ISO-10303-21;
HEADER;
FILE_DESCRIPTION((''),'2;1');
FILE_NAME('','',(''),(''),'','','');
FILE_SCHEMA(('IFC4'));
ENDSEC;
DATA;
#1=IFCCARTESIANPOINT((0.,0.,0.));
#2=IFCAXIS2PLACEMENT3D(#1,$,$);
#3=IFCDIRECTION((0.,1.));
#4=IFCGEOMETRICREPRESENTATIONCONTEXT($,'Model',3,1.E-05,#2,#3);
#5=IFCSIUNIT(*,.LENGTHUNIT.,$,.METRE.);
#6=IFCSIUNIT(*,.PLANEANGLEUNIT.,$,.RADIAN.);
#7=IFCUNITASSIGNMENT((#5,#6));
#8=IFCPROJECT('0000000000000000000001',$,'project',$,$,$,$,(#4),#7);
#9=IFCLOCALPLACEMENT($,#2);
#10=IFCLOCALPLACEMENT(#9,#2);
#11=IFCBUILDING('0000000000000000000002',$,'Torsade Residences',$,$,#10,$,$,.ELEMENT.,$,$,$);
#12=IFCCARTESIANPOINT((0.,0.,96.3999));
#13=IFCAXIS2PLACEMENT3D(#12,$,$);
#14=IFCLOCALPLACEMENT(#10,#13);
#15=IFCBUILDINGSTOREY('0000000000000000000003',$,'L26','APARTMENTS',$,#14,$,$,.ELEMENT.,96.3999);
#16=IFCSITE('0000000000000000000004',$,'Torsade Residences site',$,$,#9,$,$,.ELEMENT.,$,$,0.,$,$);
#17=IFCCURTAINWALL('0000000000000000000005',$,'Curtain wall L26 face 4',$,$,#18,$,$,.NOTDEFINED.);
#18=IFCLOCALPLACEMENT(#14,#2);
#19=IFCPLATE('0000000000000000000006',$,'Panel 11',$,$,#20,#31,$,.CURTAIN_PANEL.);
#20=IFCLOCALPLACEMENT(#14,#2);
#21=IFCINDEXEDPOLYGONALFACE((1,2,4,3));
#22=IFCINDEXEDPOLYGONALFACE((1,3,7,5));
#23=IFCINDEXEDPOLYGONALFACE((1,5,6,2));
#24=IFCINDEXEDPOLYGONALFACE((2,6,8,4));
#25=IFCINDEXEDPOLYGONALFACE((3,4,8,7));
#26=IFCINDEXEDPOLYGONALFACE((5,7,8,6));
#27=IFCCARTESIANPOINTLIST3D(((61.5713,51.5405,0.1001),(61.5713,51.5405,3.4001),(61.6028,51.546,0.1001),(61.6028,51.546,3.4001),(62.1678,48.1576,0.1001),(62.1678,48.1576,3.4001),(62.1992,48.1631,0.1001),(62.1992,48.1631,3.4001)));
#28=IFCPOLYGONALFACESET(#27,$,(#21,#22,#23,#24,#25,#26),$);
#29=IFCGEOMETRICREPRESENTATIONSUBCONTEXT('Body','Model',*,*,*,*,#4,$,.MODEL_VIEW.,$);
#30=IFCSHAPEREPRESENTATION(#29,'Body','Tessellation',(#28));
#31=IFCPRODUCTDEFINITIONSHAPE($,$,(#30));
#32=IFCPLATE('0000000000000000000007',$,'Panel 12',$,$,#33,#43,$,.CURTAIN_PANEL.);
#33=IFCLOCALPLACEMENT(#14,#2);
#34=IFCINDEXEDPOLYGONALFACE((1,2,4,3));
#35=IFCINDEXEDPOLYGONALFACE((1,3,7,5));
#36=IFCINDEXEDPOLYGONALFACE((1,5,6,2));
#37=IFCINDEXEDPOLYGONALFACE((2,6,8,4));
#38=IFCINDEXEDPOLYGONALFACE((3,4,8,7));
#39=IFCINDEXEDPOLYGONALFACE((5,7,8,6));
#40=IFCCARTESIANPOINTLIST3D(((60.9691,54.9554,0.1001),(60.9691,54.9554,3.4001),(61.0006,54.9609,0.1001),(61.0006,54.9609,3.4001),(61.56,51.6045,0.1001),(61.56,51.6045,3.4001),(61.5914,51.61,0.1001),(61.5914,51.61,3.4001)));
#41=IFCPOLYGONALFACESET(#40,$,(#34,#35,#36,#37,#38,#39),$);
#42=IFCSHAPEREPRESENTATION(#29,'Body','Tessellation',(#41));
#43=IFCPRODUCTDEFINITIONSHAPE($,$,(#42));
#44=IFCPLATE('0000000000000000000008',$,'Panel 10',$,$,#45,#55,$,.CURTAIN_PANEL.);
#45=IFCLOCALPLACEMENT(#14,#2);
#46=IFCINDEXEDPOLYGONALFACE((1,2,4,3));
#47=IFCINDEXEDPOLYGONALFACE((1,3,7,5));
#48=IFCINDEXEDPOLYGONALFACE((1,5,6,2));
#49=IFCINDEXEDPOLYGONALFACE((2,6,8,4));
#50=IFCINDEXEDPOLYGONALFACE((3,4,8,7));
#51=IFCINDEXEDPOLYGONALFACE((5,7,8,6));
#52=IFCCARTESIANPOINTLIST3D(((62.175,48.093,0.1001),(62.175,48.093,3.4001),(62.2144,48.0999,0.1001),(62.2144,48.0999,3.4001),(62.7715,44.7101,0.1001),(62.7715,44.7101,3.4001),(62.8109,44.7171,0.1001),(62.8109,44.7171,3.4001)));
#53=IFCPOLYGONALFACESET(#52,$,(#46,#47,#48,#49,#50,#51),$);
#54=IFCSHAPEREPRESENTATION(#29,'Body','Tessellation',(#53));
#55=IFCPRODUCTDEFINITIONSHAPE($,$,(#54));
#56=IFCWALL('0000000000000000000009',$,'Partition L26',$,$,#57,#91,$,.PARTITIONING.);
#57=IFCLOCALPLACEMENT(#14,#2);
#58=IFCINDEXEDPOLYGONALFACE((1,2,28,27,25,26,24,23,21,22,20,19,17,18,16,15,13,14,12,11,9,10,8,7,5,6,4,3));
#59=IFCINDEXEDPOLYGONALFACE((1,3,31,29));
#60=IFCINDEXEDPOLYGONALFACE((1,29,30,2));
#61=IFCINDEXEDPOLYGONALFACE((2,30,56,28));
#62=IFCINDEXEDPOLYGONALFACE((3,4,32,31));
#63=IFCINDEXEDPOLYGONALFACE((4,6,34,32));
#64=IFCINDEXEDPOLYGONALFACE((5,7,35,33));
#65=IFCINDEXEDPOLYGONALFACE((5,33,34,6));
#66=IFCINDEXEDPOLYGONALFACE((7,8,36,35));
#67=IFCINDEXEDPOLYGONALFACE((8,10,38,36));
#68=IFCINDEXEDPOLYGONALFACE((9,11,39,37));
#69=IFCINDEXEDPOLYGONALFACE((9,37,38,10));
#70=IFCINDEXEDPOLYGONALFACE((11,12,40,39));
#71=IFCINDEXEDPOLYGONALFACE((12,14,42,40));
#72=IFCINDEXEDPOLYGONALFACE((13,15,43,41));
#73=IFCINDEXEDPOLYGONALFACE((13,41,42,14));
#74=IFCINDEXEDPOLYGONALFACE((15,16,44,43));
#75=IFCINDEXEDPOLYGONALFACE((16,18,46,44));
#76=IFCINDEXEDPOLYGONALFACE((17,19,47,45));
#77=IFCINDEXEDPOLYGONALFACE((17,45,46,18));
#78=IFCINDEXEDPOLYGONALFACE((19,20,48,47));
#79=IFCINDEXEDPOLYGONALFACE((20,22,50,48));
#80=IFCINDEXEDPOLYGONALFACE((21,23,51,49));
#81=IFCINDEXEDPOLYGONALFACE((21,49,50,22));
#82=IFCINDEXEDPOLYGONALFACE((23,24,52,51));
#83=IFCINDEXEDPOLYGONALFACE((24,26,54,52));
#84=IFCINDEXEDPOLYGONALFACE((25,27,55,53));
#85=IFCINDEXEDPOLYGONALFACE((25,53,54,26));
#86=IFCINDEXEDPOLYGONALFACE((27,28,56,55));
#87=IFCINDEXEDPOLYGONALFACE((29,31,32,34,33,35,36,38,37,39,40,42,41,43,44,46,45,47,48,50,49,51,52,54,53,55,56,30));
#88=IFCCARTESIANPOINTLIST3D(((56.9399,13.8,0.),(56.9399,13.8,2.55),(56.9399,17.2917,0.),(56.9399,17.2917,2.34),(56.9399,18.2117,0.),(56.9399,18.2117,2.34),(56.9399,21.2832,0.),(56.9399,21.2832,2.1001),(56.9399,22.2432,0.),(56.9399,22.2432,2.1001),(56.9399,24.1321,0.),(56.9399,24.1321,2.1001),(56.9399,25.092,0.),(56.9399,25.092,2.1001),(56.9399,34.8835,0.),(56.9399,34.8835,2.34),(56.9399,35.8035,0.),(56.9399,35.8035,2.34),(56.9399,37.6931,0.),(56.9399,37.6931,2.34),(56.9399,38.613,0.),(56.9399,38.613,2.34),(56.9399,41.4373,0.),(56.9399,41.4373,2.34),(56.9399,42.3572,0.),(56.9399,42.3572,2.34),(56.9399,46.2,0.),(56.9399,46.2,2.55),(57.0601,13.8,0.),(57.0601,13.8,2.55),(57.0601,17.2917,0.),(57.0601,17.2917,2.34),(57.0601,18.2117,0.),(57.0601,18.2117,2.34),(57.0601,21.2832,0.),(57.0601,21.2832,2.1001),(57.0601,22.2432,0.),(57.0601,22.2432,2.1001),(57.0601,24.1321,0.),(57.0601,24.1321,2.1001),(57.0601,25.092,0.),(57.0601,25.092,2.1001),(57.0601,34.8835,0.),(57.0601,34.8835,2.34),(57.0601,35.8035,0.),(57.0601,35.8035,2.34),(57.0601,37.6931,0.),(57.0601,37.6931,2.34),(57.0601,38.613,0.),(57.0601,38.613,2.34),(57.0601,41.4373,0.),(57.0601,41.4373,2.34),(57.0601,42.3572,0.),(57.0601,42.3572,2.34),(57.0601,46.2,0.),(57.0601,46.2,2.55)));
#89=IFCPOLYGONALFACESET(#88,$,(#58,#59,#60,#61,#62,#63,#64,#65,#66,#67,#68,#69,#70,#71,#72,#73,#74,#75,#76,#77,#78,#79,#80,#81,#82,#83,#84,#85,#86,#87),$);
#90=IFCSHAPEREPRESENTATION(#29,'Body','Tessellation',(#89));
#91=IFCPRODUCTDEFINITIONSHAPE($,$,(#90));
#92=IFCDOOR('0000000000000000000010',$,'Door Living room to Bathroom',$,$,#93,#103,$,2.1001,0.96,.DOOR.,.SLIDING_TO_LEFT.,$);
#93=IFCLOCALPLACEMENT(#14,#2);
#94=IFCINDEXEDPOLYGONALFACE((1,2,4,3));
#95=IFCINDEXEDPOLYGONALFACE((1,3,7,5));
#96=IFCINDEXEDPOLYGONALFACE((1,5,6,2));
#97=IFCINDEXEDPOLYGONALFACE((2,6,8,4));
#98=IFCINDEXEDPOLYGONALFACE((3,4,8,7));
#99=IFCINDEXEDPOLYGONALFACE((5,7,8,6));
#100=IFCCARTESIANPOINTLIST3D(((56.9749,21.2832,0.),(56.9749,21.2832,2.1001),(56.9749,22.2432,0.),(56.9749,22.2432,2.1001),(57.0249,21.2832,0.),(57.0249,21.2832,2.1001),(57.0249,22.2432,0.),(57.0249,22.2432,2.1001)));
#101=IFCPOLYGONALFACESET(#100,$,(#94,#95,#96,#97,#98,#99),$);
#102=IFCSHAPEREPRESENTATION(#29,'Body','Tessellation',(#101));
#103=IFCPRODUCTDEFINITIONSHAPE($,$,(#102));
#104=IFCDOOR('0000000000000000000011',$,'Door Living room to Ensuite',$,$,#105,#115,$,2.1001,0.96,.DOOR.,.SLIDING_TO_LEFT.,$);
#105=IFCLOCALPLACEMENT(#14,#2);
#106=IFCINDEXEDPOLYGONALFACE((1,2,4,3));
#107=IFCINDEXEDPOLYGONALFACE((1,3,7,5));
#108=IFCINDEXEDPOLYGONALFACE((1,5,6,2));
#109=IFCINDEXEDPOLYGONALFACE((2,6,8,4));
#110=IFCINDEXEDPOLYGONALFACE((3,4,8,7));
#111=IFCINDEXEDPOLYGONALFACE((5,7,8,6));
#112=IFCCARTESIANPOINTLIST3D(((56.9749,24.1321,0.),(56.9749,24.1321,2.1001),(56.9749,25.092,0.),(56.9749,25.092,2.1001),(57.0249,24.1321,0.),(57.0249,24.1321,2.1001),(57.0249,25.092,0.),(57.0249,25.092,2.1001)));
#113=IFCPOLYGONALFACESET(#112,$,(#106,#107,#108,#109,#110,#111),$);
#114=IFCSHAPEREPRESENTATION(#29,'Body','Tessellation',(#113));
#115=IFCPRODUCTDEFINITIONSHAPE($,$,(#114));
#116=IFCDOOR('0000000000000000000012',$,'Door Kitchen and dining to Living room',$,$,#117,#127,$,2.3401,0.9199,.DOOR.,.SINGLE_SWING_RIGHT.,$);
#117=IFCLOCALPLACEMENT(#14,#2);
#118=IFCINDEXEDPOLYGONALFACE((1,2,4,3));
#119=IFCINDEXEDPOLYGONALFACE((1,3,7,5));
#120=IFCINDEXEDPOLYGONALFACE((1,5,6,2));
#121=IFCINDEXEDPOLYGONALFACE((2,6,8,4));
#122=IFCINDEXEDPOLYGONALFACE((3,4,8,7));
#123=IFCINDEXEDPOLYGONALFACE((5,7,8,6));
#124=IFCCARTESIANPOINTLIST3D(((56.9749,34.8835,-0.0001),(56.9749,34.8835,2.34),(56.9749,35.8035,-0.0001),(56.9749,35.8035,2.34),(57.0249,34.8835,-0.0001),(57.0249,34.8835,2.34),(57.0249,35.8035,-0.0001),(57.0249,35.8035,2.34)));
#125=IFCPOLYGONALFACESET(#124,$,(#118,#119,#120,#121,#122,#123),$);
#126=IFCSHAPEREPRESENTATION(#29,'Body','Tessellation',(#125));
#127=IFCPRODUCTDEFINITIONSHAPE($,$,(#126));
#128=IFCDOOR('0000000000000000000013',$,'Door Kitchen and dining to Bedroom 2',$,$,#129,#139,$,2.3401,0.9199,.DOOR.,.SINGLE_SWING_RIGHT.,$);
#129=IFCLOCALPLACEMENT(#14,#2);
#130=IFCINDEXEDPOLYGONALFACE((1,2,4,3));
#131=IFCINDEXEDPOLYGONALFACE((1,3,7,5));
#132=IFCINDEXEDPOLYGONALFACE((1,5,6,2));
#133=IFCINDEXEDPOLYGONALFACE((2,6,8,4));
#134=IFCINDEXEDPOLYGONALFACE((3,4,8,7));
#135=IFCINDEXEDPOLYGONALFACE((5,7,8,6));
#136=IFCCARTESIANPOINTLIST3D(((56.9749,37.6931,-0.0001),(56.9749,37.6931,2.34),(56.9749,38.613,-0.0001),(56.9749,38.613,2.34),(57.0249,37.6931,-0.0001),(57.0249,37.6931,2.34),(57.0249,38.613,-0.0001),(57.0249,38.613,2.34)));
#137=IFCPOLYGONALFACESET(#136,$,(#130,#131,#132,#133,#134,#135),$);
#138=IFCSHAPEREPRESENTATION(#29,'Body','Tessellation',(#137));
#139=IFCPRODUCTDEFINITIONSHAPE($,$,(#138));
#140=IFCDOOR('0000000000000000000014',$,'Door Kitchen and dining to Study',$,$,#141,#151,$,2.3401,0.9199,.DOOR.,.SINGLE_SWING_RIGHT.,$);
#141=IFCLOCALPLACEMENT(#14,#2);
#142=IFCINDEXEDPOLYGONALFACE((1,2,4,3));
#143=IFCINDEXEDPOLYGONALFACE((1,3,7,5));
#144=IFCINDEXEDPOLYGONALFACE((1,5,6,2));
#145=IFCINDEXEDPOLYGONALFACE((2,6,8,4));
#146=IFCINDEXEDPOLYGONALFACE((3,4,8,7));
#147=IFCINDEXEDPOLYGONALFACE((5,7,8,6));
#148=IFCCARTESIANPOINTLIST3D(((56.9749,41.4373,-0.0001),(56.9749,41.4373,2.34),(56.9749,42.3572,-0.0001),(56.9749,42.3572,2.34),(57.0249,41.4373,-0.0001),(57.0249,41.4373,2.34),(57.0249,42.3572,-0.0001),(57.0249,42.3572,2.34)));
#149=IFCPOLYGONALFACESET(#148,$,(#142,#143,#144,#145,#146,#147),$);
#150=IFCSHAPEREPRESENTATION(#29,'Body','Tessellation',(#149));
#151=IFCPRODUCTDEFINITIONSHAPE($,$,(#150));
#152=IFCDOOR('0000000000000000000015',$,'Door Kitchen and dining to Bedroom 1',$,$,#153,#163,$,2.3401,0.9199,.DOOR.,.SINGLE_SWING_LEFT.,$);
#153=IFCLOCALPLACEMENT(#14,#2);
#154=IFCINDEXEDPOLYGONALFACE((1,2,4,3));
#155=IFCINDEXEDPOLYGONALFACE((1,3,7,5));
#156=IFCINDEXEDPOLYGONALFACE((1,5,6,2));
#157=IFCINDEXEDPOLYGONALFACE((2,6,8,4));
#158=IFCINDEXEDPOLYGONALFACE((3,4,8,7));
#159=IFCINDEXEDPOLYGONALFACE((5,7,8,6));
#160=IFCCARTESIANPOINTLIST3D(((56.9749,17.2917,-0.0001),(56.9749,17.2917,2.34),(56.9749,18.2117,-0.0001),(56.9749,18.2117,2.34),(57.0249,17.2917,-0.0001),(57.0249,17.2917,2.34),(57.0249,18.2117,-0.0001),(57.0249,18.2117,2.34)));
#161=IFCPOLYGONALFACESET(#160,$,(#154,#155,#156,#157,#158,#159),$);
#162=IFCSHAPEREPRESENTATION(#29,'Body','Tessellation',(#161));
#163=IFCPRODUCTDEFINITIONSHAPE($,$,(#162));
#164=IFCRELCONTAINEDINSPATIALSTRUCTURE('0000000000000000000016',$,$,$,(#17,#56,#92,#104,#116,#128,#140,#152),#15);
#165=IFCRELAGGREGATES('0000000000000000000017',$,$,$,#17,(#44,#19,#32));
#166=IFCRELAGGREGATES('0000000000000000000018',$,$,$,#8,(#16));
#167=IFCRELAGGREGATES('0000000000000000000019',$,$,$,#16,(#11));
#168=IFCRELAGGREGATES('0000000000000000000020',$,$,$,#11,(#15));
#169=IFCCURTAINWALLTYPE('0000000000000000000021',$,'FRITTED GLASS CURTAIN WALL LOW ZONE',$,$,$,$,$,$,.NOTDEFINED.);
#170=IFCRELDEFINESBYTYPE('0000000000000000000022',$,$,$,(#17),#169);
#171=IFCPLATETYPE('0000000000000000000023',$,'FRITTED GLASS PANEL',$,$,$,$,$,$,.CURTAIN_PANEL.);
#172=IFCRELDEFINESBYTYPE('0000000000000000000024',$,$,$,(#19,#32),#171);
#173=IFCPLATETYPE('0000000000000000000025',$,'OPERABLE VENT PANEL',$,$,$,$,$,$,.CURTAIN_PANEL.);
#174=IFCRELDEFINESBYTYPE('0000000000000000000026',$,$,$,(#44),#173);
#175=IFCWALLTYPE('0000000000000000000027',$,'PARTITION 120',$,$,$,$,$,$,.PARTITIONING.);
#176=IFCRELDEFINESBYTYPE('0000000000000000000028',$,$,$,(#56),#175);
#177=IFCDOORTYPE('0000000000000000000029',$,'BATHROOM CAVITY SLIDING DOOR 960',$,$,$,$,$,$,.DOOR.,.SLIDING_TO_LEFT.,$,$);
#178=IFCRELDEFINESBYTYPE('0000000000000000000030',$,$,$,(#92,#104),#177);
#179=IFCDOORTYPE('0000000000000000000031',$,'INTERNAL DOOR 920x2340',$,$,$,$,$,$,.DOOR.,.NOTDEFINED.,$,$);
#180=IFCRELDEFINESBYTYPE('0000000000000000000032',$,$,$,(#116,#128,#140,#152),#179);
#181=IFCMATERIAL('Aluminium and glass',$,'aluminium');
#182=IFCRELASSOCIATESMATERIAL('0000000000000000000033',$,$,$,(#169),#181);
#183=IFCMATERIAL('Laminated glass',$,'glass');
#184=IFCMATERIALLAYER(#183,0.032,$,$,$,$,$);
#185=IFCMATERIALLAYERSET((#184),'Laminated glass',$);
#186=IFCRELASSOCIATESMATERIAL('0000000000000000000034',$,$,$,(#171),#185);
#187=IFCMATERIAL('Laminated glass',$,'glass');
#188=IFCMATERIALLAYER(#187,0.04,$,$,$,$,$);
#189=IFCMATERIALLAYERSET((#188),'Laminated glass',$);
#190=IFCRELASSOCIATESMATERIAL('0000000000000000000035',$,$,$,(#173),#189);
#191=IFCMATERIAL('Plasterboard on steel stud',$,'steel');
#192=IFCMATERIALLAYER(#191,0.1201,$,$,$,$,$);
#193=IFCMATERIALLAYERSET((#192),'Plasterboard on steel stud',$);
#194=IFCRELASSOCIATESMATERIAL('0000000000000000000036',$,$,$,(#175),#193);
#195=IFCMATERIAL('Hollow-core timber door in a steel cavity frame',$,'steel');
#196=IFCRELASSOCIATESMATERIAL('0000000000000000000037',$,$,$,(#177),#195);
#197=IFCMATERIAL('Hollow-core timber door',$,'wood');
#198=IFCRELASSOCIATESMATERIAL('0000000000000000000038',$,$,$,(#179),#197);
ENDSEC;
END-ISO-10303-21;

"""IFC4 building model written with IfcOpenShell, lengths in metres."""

from ifc_helpers import new_model, si_unit, direction, frame, frame_2d, origin, origin_2d, place, context, subcontext, project, spatial, rectangle, extrude, material, layer, layer_set, type_object, element, fill, aggregate, save


model = new_model("IFC4")

# Units and contexts
model_context = context("Model", 3, precision=1e-05, world=origin(), true_north=direction((0.0, 1.0)))
body_context = subcontext(model_context, "Body", "Model", "MODEL_VIEW")
ifc_project = project(units=[si_unit("LENGTHUNIT", "METRE"), si_unit("PLANEANGLEUNIT", "RADIAN")], contexts=[model_context])

# Site, building, storey
site_placement = place(None, origin())
site = spatial("IfcSite", under=ifc_project, at=site_placement, Name="Torsade Residences site", CompositionType="ELEMENT", RefElevation=0.0)
building_placement = place(site_placement, origin())
building = spatial("IfcBuilding", under=site, at=building_placement, Name="Torsade Residences", CompositionType="ELEMENT")
storey_placement = place(building_placement, frame((0.0, 0.0, 96.3999)))
storey = spatial("IfcBuildingStorey", under=building, at=storey_placement, Name="L26", Description="APARTMENTS", CompositionType="ELEMENT", Elevation=96.3999)

# Curtain wall
ifc_material_1 = material(Name="Aluminium and glass", Category="aluminium")
curtain_wall_type = type_object("IfcCurtainWallType", Name="FRITTED GLASS CURTAIN WALL LOW ZONE", PredefinedType="NOTDEFINED", material=ifc_material_1)
curtain_wall_placement = place(storey_placement, origin())
curtain_wall = element("IfcCurtainWall", 1, at=curtain_wall_placement, inside=storey, type_object=curtain_wall_type, Name="Curtain wall L26 face 4", PredefinedType="NOTDEFINED")

# Plates
ifc_material_2 = material(Name="Laminated glass", Category="glass")
ifc_layer_1 = layer(ifc_material_2, 0.032)
ifc_layer_set_1 = layer_set([ifc_layer_1], Name="Laminated glass")
plate_type_1 = type_object("IfcPlateType", Name="FRITTED GLASS PANEL", PredefinedType="CURTAIN_PANEL", material=ifc_layer_set_1)
plate_1_placement = place(storey_placement, frame((61.8853, 49.8518, 0.1001), z_axis=(0.0, 0.0, 1.0), x_axis=(-0.173648, 0.984808, 0.0)))
plate_1 = element("IfcPlate", 2, at=plate_1_placement, type_object=plate_type_1, Name="Panel 11", PredefinedType="CURTAIN_PANEL", context=body_context, shape_type="SweptSolid", body=[
    extrude(rectangle(XDim=3.4351, YDim=0.032, at=origin_2d()), origin(), (0.0, 0.0, 1.0), 3.3),
])
plate_2_placement = place(storey_placement, frame((61.2803, 53.2827, 0.1001), z_axis=(0.0, 0.0, 1.0), x_axis=(-0.173648, 0.984808, 0.0)))
plate_2 = element("IfcPlate", 3, at=plate_2_placement, type_object=plate_type_1, Name="Panel 12", PredefinedType="CURTAIN_PANEL", context=body_context, shape_type="SweptSolid", body=[
    extrude(rectangle(XDim=3.4026, YDim=0.032, at=origin_2d()), origin(), (0.0, 0.0, 1.0), 3.3),
])
ifc_material_3 = material(Name="Laminated glass", Category="glass")
ifc_layer_2 = layer(ifc_material_3, 0.04)
ifc_layer_set_2 = layer_set([ifc_layer_2], Name="Laminated glass")
plate_type_2 = type_object("IfcPlateType", Name="OPERABLE VENT PANEL", PredefinedType="CURTAIN_PANEL", material=ifc_layer_set_2)
plate_3_placement = place(storey_placement, frame((62.4929, 46.405, 0.1001), z_axis=(0.0, 0.0, 1.0), x_axis=(-0.173648, 0.984808, 0.0)))
plate_3 = element("IfcPlate", 4, at=plate_3_placement, type_object=plate_type_2, Name="Panel 10", PredefinedType="CURTAIN_PANEL", context=body_context, shape_type="SweptSolid", body=[
    extrude(rectangle(XDim=3.4351, YDim=0.04, at=origin_2d()), origin(), (0.0, 0.0, 1.0), 3.3),
])
aggregate(curtain_wall, [plate_3, plate_1, plate_2])

# Wall, openings, doors
ifc_material_4 = material(Name="Plasterboard on steel stud", Category="steel")
ifc_layer_3 = layer(ifc_material_4, 0.1201)
ifc_layer_set_3 = layer_set([ifc_layer_3], Name="Plasterboard on steel stud")
wall_type = type_object("IfcWallType", Name="PARTITION 120", PredefinedType="PARTITIONING", material=ifc_layer_set_3)
wall_1_placement = place(storey_placement, frame((57.0, 46.2, 0.0), z_axis=(0.0, 0.0, 1.0), x_axis=(0.0, -1.0, 0.0)))
wall_1 = element("IfcWall", 5, at=wall_1_placement, inside=storey, type_object=wall_type, Name="Partition L26", PredefinedType="PARTITIONING", context=body_context, shape_type="SweptSolid", body=[
    extrude(rectangle(XDim=32.3999, YDim=0.1201, at=frame_2d((16.2, 0.0))), origin(), (0.0, 0.0, 1.0), 2.55),
])
opening_1_placement = place(wall_1_placement, frame((10.3965, 0.0, 0.0)))
opening_1 = element("IfcOpeningElement", 6, at=opening_1_placement, cuts=wall_1, PredefinedType="OPENING", context=body_context, shape_type="SweptSolid", body=[
    extrude(rectangle(XDim=0.9199, YDim=2.3401, at=frame_2d((0.46, 1.1699))), frame((0.0, 0.0701, 0.0), z_axis=(0.0, -1.0, 0.0), x_axis=(1.0, 0.0, 0.0)), (0.0, 0.0, 1.0), 0.1401),
])
opening_2_placement = place(wall_1_placement, frame((7.5869, 0.0, 0.0)))
opening_2 = element("IfcOpeningElement", 7, at=opening_2_placement, cuts=wall_1, PredefinedType="OPENING", context=body_context, shape_type="SweptSolid", body=[
    extrude(rectangle(XDim=0.9199, YDim=2.3401, at=frame_2d((0.46, 1.1699))), frame((0.0, 0.0701, 0.0), z_axis=(0.0, -1.0, 0.0), x_axis=(1.0, 0.0, 0.0)), (0.0, 0.0, 1.0), 0.1401),
])
opening_3_placement = place(wall_1_placement, frame((3.8428, 0.0, 0.0)))
opening_3 = element("IfcOpeningElement", 8, at=opening_3_placement, cuts=wall_1, PredefinedType="OPENING", context=body_context, shape_type="SweptSolid", body=[
    extrude(rectangle(XDim=0.9199, YDim=2.3401, at=frame_2d((0.46, 1.1699))), frame((0.0, 0.0701, 0.0), z_axis=(0.0, -1.0, 0.0), x_axis=(1.0, 0.0, 0.0)), (0.0, 0.0, 1.0), 0.1401),
])
opening_4_placement = place(wall_1_placement, frame((27.9883, 0.0, 0.0)))
opening_4 = element("IfcOpeningElement", 9, at=opening_4_placement, cuts=wall_1, PredefinedType="OPENING", context=body_context, shape_type="SweptSolid", body=[
    extrude(rectangle(XDim=0.9199, YDim=2.3401, at=frame_2d((0.46, 1.1699))), frame((0.0, 0.0701, 0.0), z_axis=(0.0, -1.0, 0.0), x_axis=(1.0, 0.0, 0.0)), (0.0, 0.0, 1.0), 0.1401),
])
opening_5_placement = place(wall_1_placement, frame((23.9568, 0.0, 0.0)))
opening_5 = element("IfcOpeningElement", 10, at=opening_5_placement, cuts=wall_1, PredefinedType="OPENING", context=body_context, shape_type="SweptSolid", body=[
    extrude(rectangle(XDim=0.96, YDim=2.1001, at=frame_2d((0.48, 1.05))), frame((0.0, 0.0701, 0.0), z_axis=(0.0, -1.0, 0.0), x_axis=(1.0, 0.0, 0.0)), (0.0, 0.0, 1.0), 0.1401),
])
opening_6_placement = place(wall_1_placement, frame((21.1079, 0.0, 0.0)))
opening_6 = element("IfcOpeningElement", 11, at=opening_6_placement, cuts=wall_1, PredefinedType="OPENING", context=body_context, shape_type="SweptSolid", body=[
    extrude(rectangle(XDim=0.96, YDim=2.1001, at=frame_2d((0.48, 1.05))), frame((0.0, 0.0701, 0.0), z_axis=(0.0, -1.0, 0.0), x_axis=(1.0, 0.0, 0.0)), (0.0, 0.0, 1.0), 0.1401),
])
ifc_material_5 = material(Name="Hollow-core timber door in a steel cavity frame", Category="steel")
door_type_1 = type_object("IfcDoorType", Name="BATHROOM CAVITY SLIDING DOOR 960", OperationType="SLIDING_TO_LEFT", PredefinedType="DOOR", material=ifc_material_5)
door_1_placement = place(opening_5_placement, origin())
door_1 = element("IfcDoor", 12, at=door_1_placement, inside=storey, type_object=door_type_1, Name="Door Living room to Bathroom", OperationType="SLIDING_TO_LEFT", OverallHeight=2.1001, OverallWidth=0.96, PredefinedType="DOOR", context=body_context, shape_type="SweptSolid", body=[
    extrude(rectangle(XDim=0.96, YDim=2.1001, at=frame_2d((0.48, 1.05))), frame((0.0, 0.0249, 0.0), z_axis=(0.0, -1.0, 0.0), x_axis=(1.0, 0.0, 0.0)), (0.0, 0.0, 1.0), 0.05),
])
fill(opening_5, door_1)
door_2_placement = place(opening_6_placement, origin())
door_2 = element("IfcDoor", 13, at=door_2_placement, inside=storey, type_object=door_type_1, Name="Door Living room to Ensuite", OperationType="SLIDING_TO_LEFT", OverallHeight=2.1001, OverallWidth=0.96, PredefinedType="DOOR", context=body_context, shape_type="SweptSolid", body=[
    extrude(rectangle(XDim=0.96, YDim=2.1001, at=frame_2d((0.48, 1.05))), frame((0.0, 0.0249, 0.0), z_axis=(0.0, -1.0, 0.0), x_axis=(1.0, 0.0, 0.0)), (0.0, 0.0, 1.0), 0.05),
])
fill(opening_6, door_2)
ifc_material_6 = material(Name="Hollow-core timber door", Category="wood")
door_type_2 = type_object("IfcDoorType", Name="INTERNAL DOOR 920x2340", OperationType="NOTDEFINED", PredefinedType="DOOR", material=ifc_material_6)
door_3_placement = place(opening_1_placement, origin())
door_3 = element("IfcDoor", 14, at=door_3_placement, inside=storey, type_object=door_type_2, Name="Door Kitchen and dining to Living room", OperationType="SINGLE_SWING_RIGHT", OverallHeight=2.3401, OverallWidth=0.9199, PredefinedType="DOOR", context=body_context, shape_type="SweptSolid", body=[
    extrude(rectangle(XDim=0.9199, YDim=2.3401, at=frame_2d((0.46, 1.1699))), frame((0.0, 0.0249, 0.0), z_axis=(0.0, -1.0, 0.0), x_axis=(1.0, 0.0, 0.0)), (0.0, 0.0, 1.0), 0.05),
])
fill(opening_1, door_3)
door_4_placement = place(opening_2_placement, origin())
door_4 = element("IfcDoor", 15, at=door_4_placement, inside=storey, type_object=door_type_2, Name="Door Kitchen and dining to Bedroom 2", OperationType="SINGLE_SWING_RIGHT", OverallHeight=2.3401, OverallWidth=0.9199, PredefinedType="DOOR", context=body_context, shape_type="SweptSolid", body=[
    extrude(rectangle(XDim=0.9199, YDim=2.3401, at=frame_2d((0.46, 1.1699))), frame((0.0, 0.0249, 0.0), z_axis=(0.0, -1.0, 0.0), x_axis=(1.0, 0.0, 0.0)), (0.0, 0.0, 1.0), 0.05),
])
fill(opening_2, door_4)
door_5_placement = place(opening_3_placement, origin())
door_5 = element("IfcDoor", 16, at=door_5_placement, inside=storey, type_object=door_type_2, Name="Door Kitchen and dining to Study", OperationType="SINGLE_SWING_RIGHT", OverallHeight=2.3401, OverallWidth=0.9199, PredefinedType="DOOR", context=body_context, shape_type="SweptSolid", body=[
    extrude(rectangle(XDim=0.9199, YDim=2.3401, at=frame_2d((0.46, 1.1699))), frame((0.0, 0.0249, 0.0), z_axis=(0.0, -1.0, 0.0), x_axis=(1.0, 0.0, 0.0)), (0.0, 0.0, 1.0), 0.05),
])
fill(opening_3, door_5)
door_6_placement = place(opening_4_placement, origin())
door_6 = element("IfcDoor", 17, at=door_6_placement, inside=storey, type_object=door_type_2, Name="Door Kitchen and dining to Bedroom 1", OperationType="SINGLE_SWING_LEFT", OverallHeight=2.3401, OverallWidth=0.9199, PredefinedType="DOOR", context=body_context, shape_type="SweptSolid", body=[
    extrude(rectangle(XDim=0.9199, YDim=2.3401, at=frame_2d((0.46, 1.1699))), frame((0.0, 0.0249, 0.0), z_axis=(0.0, -1.0, 0.0), x_axis=(1.0, 0.0, 0.0)), (0.0, 0.0, 1.0), 0.05),
])
fill(opening_4, door_6)

save(model, "model.ifc")
